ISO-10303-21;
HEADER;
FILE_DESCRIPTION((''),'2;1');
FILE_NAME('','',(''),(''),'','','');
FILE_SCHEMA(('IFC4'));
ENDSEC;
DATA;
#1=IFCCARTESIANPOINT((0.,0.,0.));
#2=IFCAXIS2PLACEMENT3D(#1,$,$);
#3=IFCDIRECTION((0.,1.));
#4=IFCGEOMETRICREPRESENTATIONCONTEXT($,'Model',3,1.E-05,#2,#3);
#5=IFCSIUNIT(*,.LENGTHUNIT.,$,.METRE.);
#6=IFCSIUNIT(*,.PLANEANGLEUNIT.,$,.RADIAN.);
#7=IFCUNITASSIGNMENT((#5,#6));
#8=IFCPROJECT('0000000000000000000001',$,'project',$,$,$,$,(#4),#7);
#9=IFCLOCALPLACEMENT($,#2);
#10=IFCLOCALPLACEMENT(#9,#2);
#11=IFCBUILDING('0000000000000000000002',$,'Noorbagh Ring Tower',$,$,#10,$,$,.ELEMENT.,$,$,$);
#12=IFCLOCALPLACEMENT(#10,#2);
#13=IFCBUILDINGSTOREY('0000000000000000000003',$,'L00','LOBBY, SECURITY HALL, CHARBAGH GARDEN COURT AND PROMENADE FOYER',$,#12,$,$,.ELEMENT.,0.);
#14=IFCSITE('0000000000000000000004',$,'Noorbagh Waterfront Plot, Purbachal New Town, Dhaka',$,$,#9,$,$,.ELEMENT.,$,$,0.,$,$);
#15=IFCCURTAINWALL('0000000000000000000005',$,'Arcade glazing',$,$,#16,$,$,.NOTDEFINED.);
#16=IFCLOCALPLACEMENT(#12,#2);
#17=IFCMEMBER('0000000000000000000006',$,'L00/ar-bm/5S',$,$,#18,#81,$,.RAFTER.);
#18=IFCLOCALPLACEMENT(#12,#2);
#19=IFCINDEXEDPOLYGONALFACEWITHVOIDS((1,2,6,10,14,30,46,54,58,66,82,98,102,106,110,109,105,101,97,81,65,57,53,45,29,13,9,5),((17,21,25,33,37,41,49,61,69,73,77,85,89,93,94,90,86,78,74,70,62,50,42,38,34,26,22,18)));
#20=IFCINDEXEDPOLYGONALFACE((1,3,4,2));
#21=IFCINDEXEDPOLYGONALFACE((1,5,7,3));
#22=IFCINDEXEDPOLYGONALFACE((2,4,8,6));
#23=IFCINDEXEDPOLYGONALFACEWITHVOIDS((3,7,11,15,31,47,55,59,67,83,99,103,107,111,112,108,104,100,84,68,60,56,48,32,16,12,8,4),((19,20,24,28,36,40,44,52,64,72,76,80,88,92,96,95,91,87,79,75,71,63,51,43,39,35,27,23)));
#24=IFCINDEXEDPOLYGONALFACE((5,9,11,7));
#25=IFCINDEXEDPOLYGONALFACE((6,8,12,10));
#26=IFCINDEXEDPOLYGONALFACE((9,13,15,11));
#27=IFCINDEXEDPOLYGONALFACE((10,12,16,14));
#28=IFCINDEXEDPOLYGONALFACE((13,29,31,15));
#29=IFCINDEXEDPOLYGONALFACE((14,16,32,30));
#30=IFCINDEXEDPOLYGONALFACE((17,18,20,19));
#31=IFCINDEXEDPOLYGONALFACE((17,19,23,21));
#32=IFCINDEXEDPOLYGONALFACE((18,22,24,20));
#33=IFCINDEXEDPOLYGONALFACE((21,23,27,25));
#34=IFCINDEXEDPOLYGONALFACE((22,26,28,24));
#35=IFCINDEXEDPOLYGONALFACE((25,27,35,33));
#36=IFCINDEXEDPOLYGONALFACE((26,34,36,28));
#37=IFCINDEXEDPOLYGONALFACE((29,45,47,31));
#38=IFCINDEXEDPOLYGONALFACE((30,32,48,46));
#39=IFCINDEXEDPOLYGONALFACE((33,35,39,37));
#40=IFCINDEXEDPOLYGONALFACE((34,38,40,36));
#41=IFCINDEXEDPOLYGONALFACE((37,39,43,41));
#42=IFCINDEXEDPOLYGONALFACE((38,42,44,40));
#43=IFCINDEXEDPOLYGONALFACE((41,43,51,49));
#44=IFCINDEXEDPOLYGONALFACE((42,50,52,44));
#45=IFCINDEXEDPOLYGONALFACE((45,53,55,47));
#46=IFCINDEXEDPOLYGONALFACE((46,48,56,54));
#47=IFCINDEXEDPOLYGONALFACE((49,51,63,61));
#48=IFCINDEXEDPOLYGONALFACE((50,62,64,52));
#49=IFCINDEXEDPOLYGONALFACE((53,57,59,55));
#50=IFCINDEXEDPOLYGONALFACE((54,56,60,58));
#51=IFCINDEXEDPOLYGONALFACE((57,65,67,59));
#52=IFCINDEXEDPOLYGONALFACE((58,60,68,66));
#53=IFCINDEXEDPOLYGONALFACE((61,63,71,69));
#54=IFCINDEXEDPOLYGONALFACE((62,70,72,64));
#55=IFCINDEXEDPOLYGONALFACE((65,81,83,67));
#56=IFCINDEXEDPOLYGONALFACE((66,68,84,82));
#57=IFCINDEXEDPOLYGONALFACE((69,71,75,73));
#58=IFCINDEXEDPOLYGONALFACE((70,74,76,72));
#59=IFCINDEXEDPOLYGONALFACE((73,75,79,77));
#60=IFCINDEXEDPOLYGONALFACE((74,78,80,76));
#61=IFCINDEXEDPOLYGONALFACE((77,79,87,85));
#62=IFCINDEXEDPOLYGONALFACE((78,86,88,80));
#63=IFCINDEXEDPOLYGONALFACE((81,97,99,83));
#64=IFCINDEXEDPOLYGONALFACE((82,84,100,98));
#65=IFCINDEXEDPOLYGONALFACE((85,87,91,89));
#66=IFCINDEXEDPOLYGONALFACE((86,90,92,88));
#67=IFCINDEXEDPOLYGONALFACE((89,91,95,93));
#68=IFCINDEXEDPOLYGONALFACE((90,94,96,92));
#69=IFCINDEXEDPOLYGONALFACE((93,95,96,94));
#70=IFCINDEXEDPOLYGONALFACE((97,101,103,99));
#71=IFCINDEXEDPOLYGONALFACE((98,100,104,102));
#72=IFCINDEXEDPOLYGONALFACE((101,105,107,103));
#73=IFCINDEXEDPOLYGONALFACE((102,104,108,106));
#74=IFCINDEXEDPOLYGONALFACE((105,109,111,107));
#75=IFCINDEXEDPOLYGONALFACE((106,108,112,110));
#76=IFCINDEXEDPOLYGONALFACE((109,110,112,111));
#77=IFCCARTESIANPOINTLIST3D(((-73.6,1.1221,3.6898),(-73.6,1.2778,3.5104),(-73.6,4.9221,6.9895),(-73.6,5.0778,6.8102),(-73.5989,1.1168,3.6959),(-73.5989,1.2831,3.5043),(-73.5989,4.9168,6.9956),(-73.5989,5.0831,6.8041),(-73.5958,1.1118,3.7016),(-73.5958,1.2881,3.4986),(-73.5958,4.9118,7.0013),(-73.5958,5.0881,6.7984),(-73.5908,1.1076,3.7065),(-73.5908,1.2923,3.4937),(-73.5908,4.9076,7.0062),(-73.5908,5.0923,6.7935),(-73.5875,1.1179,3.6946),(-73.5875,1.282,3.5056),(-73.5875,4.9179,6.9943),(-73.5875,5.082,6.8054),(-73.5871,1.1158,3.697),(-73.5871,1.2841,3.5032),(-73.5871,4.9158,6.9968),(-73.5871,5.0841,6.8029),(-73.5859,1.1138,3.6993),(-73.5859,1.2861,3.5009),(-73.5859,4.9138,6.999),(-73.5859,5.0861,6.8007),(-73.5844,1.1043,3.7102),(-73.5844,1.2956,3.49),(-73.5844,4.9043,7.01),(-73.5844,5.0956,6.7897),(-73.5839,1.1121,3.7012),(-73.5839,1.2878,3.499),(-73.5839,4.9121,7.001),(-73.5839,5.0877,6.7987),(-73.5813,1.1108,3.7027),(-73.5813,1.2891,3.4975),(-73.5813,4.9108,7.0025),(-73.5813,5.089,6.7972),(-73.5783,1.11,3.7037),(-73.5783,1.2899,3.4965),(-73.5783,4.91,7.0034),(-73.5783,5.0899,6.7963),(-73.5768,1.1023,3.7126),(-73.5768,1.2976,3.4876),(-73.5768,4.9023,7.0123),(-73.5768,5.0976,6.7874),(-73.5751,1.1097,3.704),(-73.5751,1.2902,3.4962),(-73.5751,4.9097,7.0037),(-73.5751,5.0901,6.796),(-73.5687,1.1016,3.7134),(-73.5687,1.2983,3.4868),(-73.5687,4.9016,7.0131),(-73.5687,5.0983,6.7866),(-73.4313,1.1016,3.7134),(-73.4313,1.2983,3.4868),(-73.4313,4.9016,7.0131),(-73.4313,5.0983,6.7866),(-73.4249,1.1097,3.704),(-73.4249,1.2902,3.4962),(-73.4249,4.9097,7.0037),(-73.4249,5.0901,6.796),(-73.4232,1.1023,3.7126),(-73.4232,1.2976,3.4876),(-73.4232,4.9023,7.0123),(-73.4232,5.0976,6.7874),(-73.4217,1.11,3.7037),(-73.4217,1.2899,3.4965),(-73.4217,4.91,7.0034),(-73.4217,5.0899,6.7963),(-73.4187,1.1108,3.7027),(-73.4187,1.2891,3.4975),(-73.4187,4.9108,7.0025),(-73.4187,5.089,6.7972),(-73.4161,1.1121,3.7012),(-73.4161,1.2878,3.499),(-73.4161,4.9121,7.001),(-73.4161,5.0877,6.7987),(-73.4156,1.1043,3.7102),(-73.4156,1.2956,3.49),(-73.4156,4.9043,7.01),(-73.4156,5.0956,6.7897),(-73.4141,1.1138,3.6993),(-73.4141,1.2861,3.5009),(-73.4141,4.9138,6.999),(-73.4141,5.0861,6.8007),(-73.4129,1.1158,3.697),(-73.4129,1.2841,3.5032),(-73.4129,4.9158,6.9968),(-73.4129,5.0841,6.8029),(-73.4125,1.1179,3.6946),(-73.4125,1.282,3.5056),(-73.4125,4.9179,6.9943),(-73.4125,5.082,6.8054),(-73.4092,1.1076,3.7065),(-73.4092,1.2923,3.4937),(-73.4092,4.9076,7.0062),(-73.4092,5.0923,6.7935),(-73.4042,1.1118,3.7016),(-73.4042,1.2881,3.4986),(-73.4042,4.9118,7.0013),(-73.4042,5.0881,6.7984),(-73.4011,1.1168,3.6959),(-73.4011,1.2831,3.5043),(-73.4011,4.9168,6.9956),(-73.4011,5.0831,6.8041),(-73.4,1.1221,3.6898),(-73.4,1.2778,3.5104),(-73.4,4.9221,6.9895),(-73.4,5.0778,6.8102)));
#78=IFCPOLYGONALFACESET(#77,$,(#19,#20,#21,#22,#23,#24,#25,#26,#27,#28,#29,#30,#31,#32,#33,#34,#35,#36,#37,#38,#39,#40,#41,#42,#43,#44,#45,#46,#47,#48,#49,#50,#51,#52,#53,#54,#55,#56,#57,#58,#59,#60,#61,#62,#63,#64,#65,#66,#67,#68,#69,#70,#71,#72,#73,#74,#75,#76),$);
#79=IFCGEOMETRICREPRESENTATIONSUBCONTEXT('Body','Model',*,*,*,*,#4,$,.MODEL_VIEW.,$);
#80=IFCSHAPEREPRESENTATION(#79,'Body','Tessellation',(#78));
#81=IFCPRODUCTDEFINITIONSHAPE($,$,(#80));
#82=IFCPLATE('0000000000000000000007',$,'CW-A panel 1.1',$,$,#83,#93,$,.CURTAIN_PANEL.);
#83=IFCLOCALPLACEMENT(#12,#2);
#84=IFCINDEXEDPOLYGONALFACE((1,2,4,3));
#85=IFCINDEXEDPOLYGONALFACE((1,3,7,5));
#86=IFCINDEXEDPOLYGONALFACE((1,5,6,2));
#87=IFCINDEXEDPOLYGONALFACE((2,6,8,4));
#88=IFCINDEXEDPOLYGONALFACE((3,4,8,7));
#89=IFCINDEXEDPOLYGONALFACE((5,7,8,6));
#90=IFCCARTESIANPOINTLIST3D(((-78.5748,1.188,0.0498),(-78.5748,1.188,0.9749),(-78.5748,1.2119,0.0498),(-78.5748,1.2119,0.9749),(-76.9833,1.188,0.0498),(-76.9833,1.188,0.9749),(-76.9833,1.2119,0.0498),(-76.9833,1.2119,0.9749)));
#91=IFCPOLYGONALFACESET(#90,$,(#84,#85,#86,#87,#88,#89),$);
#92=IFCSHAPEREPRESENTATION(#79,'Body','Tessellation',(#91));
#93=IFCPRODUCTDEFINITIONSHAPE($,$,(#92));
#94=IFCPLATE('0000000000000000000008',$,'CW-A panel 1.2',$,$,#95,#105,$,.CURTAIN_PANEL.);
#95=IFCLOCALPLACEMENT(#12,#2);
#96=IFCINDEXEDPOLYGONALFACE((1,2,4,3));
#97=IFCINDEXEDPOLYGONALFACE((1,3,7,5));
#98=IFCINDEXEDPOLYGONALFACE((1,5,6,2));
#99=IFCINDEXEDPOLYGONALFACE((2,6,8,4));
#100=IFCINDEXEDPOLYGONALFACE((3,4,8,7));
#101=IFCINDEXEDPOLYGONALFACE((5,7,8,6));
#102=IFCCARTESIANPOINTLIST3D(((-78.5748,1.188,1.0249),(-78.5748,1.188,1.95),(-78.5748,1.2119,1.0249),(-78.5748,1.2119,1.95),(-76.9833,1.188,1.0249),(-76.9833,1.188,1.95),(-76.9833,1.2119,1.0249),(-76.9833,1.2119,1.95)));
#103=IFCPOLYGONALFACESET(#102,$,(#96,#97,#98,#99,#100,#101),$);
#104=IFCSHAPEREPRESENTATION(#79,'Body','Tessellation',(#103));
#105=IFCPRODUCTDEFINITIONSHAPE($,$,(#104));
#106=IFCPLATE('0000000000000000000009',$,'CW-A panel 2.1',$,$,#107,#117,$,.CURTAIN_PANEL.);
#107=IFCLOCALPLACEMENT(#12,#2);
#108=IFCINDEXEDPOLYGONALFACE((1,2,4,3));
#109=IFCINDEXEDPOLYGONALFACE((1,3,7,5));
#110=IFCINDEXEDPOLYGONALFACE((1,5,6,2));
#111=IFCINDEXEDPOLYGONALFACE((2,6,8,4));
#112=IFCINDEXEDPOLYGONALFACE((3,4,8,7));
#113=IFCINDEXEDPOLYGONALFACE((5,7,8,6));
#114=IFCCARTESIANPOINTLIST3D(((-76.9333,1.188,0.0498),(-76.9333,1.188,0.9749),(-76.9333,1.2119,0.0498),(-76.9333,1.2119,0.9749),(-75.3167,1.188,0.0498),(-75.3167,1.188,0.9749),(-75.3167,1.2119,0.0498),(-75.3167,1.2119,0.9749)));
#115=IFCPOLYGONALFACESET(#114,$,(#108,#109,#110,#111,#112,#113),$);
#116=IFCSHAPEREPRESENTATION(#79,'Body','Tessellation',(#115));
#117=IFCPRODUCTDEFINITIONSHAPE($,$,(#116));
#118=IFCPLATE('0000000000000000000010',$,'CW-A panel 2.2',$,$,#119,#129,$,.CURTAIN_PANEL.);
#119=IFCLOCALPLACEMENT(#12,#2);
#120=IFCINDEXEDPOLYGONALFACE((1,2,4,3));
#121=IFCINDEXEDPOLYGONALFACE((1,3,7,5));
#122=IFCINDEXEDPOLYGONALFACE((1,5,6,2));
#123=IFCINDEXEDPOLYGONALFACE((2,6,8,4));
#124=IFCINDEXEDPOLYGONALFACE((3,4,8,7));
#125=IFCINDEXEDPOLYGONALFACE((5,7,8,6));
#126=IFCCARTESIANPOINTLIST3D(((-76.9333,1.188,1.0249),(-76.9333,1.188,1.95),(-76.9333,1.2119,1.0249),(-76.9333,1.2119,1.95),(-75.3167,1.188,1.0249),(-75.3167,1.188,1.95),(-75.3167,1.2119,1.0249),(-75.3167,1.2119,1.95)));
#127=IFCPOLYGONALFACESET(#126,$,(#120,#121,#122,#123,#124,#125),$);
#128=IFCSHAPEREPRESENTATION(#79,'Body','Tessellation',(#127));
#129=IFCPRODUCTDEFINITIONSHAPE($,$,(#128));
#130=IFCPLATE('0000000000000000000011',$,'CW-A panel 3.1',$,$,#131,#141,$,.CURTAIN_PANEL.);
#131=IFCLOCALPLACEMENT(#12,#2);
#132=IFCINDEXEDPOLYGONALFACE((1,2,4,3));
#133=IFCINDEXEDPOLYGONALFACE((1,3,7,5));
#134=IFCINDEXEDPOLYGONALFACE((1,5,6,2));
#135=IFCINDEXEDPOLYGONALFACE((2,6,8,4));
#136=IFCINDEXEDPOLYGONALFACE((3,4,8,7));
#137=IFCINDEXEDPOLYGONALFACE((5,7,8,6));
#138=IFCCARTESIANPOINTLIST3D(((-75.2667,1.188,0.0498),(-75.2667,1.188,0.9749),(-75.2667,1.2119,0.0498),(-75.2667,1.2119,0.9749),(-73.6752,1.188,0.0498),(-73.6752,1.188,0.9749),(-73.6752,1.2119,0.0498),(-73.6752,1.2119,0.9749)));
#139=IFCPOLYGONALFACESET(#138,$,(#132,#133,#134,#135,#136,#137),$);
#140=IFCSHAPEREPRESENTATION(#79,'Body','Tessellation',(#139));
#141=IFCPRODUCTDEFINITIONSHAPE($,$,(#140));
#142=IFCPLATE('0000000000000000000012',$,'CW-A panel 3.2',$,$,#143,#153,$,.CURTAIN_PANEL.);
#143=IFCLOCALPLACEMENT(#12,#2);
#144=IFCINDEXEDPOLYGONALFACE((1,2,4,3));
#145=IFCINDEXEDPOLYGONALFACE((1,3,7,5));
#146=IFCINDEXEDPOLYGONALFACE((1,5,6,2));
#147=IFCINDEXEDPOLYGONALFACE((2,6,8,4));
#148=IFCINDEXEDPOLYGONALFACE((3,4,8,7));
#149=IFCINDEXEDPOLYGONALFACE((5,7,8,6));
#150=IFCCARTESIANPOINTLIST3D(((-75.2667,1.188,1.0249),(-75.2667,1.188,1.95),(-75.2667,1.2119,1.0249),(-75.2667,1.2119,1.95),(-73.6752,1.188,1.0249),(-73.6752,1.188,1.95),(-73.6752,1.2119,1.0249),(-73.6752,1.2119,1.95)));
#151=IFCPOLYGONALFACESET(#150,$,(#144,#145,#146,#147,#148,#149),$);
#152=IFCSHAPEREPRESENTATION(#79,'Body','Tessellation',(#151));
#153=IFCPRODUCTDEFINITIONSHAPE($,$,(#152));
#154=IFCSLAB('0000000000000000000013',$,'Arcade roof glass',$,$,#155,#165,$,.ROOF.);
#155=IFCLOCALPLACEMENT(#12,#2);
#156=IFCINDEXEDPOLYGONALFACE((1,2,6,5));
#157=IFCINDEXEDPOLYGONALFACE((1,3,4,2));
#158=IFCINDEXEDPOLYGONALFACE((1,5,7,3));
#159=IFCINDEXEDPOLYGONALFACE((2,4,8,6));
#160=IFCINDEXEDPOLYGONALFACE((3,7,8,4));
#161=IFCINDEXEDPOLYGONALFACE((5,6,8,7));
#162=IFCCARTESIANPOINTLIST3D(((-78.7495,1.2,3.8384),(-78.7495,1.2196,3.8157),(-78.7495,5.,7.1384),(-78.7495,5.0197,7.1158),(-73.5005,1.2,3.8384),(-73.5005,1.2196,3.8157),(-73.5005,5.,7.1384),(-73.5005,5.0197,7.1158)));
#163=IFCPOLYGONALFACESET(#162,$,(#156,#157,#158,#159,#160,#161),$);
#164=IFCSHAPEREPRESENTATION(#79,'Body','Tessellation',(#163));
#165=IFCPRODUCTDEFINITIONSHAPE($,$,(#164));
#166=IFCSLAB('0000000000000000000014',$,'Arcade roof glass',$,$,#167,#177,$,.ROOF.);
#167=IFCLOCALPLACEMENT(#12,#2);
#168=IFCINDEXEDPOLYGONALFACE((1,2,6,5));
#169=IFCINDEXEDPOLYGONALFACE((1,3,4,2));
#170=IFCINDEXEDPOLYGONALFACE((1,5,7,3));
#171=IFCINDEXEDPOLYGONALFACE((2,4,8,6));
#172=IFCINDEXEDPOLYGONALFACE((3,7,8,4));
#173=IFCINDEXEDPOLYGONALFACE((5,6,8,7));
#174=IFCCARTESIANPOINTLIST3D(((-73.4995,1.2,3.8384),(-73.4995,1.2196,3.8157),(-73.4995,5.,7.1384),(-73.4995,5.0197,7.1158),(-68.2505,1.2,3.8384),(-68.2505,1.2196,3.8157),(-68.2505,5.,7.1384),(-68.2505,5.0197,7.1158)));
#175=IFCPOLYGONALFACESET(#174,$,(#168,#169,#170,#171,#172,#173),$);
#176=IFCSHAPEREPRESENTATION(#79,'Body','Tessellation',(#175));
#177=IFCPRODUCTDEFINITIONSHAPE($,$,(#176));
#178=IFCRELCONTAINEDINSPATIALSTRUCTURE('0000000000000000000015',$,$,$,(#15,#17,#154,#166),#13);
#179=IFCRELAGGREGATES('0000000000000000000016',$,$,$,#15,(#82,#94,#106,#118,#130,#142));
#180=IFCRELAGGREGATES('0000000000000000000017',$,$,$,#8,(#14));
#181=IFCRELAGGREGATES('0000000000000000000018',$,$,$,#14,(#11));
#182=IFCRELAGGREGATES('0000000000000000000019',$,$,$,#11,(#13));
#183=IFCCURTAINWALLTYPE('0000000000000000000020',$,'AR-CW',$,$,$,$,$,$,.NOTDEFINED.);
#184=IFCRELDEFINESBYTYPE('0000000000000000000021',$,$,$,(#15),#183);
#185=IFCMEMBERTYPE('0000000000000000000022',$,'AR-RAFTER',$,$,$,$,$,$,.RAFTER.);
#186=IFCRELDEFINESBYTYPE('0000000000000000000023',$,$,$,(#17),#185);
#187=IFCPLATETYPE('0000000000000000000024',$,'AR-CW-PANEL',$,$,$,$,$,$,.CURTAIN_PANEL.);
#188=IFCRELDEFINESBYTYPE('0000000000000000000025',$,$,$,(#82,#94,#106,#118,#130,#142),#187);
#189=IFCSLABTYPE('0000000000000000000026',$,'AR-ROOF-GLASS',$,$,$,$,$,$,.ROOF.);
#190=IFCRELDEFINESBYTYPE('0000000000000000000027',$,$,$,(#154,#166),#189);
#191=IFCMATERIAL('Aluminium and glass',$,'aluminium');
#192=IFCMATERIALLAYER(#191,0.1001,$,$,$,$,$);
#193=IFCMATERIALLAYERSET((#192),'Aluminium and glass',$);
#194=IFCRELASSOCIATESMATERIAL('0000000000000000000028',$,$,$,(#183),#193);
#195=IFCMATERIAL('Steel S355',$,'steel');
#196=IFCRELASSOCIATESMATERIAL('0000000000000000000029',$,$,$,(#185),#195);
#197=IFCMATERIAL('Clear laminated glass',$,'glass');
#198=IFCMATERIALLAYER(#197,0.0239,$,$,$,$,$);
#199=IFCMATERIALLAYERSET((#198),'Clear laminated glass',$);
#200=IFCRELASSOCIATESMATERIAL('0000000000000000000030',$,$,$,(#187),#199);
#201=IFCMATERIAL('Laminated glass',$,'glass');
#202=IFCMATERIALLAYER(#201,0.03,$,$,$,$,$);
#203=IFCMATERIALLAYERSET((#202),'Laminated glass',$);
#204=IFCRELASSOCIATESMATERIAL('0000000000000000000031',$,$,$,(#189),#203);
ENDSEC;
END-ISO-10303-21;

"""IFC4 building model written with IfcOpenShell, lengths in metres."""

from ifc_helpers import new_model, si_unit, direction, frame, origin, origin_2d, place, context, subcontext, project, spatial, polyline, rectangle, hollow_rectangle, outline, extrude, material, layer, layer_set, material_profile, profile_set, type_object, element, aggregate, save


model = new_model("IFC4")

# Units and contexts
model_context = context("Model", 3, precision=1e-05, world=origin(), true_north=direction((0.0, 1.0)))
body_context = subcontext(model_context, "Body", "Model", "MODEL_VIEW")
ifc_project = project(units=[si_unit("LENGTHUNIT", "METRE"), si_unit("PLANEANGLEUNIT", "RADIAN")], contexts=[model_context])

# Site, building, storey
site_placement = place(None, origin())
site = spatial("IfcSite", under=ifc_project, at=site_placement, Name="Noorbagh Waterfront Plot, Purbachal New Town, Dhaka", CompositionType="ELEMENT", RefElevation=0.0)
building_placement = place(site_placement, origin())
building = spatial("IfcBuilding", under=site, at=building_placement, Name="Noorbagh Ring Tower", CompositionType="ELEMENT")
storey_placement = place(building_placement, origin())
storey = spatial("IfcBuildingStorey", under=building, at=storey_placement, Name="L00", Description="LOBBY, SECURITY HALL, CHARBAGH GARDEN COURT AND PROMENADE FOYER", CompositionType="ELEMENT", Elevation=0.0)

# Curtain wall
ifc_material_1 = material(Name="Aluminium and glass", Category="aluminium")
ifc_layer_1 = layer(ifc_material_1, 0.1001)
ifc_layer_set_1 = layer_set([ifc_layer_1], Name="Aluminium and glass")
curtain_wall_type = type_object("IfcCurtainWallType", Name="AR-CW", PredefinedType="NOTDEFINED", material=ifc_layer_set_1)
curtain_wall_1_placement = place(storey_placement, origin())
curtain_wall_1 = element("IfcCurtainWall", 1, at=curtain_wall_1_placement, inside=storey, type_object=curtain_wall_type, Name="Arcade glazing", PredefinedType="NOTDEFINED")

# Member
ifc_material_2 = material(Name="Steel S355", Category="steel")
ifc_material_profile_1 = material_profile(ifc_material_2, hollow_rectangle(XDim=0.2, YDim=0.3, WallThickness=0.0125, InnerFilletRadius=0.0125, OuterFilletRadius=0.0312, at=origin_2d()), Name="RHS300x200x12.5")
ifc_profile_set_1 = profile_set([ifc_material_profile_1], Name="Steel S355")
member_type_1 = type_object("IfcMemberType", Name="AR-RAFTER", PredefinedType="RAFTER", material=ifc_profile_set_1)
for number, where, z_axis, x_axis, name in (
    (2, (-73.5, 1.2, 3.6001), (0.0, 0.755057, 0.65566), (-1.0, 0.0, 0.0), "L00/ar-bm/5S"),
):
    element("IfcMember", number, at=place(storey_placement, frame(where, z_axis=z_axis, x_axis=x_axis)), inside=storey, type_object=member_type_1, Name=name, PredefinedType="RAFTER", context=body_context, shape_type="SweptSolid", body=[
        extrude(hollow_rectangle(XDim=0.2, YDim=0.3, WallThickness=0.0125, InnerFilletRadius=0.0125, OuterFilletRadius=0.0312, at=origin_2d()), origin(), (0.0, 0.0, 1.0), 5.0327),
    ])

# Plates
ifc_material_3 = material(Name="Clear laminated glass", Category="glass")
ifc_layer_2 = layer(ifc_material_3, 0.0239)
ifc_layer_set_2 = layer_set([ifc_layer_2], Name="Clear laminated glass")
plate_type = type_object("IfcPlateType", Name="AR-CW-PANEL", PredefinedType="CURTAIN_PANEL", material=ifc_layer_set_2)
plate_1_placement = place(storey_placement, frame((-77.7791, 1.2, 0.0498), z_axis=(0.0, 0.0, 1.0), x_axis=(1.0, 0.0, 0.0)))
plate_1 = element("IfcPlate", 3, at=plate_1_placement, type_object=plate_type, Name="CW-A panel 1.1", PredefinedType="CURTAIN_PANEL", context=body_context, shape_type="SweptSolid", body=[
    extrude(rectangle(XDim=1.5916, YDim=0.0239, at=origin_2d()), origin(), (0.0, 0.0, 1.0), 0.925),
])
plate_2_placement = place(storey_placement, frame((-77.7791, 1.2, 1.0249), z_axis=(0.0, 0.0, 1.0), x_axis=(1.0, 0.0, 0.0)))
plate_2 = element("IfcPlate", 4, at=plate_2_placement, type_object=plate_type, Name="CW-A panel 1.2", PredefinedType="CURTAIN_PANEL", context=body_context, shape_type="SweptSolid", body=[
    extrude(rectangle(XDim=1.5916, YDim=0.0239, at=origin_2d()), origin(), (0.0, 0.0, 1.0), 0.925),
])
plate_3_placement = place(storey_placement, frame((-76.125, 1.2, 0.0498), z_axis=(0.0, 0.0, 1.0), x_axis=(1.0, 0.0, 0.0)))
plate_3 = element("IfcPlate", 5, at=plate_3_placement, type_object=plate_type, Name="CW-A panel 2.1", PredefinedType="CURTAIN_PANEL", context=body_context, shape_type="SweptSolid", body=[
    extrude(rectangle(XDim=1.6167, YDim=0.0239, at=origin_2d()), origin(), (0.0, 0.0, 1.0), 0.925),
])
plate_4_placement = place(storey_placement, frame((-76.125, 1.2, 1.0249), z_axis=(0.0, 0.0, 1.0), x_axis=(1.0, 0.0, 0.0)))
plate_4 = element("IfcPlate", 6, at=plate_4_placement, type_object=plate_type, Name="CW-A panel 2.2", PredefinedType="CURTAIN_PANEL", context=body_context, shape_type="SweptSolid", body=[
    extrude(rectangle(XDim=1.6167, YDim=0.0239, at=origin_2d()), origin(), (0.0, 0.0, 1.0), 0.925),
])
plate_5_placement = place(storey_placement, frame((-74.4709, 1.2, 0.0498), z_axis=(0.0, 0.0, 1.0), x_axis=(1.0, 0.0, 0.0)))
plate_5 = element("IfcPlate", 7, at=plate_5_placement, type_object=plate_type, Name="CW-A panel 3.1", PredefinedType="CURTAIN_PANEL", context=body_context, shape_type="SweptSolid", body=[
    extrude(rectangle(XDim=1.5916, YDim=0.0239, at=origin_2d()), origin(), (0.0, 0.0, 1.0), 0.925),
])
plate_6_placement = place(storey_placement, frame((-74.4709, 1.2, 1.0249), z_axis=(0.0, 0.0, 1.0), x_axis=(1.0, 0.0, 0.0)))
plate_6 = element("IfcPlate", 8, at=plate_6_placement, type_object=plate_type, Name="CW-A panel 3.2", PredefinedType="CURTAIN_PANEL", context=body_context, shape_type="SweptSolid", body=[
    extrude(rectangle(XDim=1.5916, YDim=0.0239, at=origin_2d()), origin(), (0.0, 0.0, 1.0), 0.925),
])
aggregate(curtain_wall_1, [plate_1, plate_2, plate_3, plate_4, plate_5, plate_6])

# Slabs
ifc_material_4 = material(Name="Laminated glass", Category="glass")
ifc_layer_3 = layer(ifc_material_4, 0.03)
ifc_layer_set_3 = layer_set([ifc_layer_3], Name="Laminated glass")
slab_type = type_object("IfcSlabType", Name="AR-ROOF-GLASS", PredefinedType="ROOF", material=ifc_layer_set_3)
for number, where, z_axis, x_axis, name in (
    (9, (-78.7495, 1.2, 3.8384), (0.0, -0.655687, 0.755032), (1.0, 0.0, 0.0), "Arcade roof glass"),
    (10, (-73.4995, 1.2, 3.8384), (0.0, -0.655687, 0.755032), (1.0, 0.0, 0.0), "Arcade roof glass"),
):
    element("IfcSlab", number, at=place(storey_placement, frame(where, z_axis=z_axis, x_axis=x_axis)), inside=storey, type_object=slab_type, Name=name, PredefinedType="ROOF", context=body_context, shape_type="SweptSolid", body=[
        extrude(outline(polyline([(0.0, 0.0), (5.249, 0.0), (5.249, 5.033), (0.0, 5.033), (0.0, 0.0)])), origin(), (0.0, 0.0, -1.0), 0.03),
    ])

save(model, "model.ifc")
